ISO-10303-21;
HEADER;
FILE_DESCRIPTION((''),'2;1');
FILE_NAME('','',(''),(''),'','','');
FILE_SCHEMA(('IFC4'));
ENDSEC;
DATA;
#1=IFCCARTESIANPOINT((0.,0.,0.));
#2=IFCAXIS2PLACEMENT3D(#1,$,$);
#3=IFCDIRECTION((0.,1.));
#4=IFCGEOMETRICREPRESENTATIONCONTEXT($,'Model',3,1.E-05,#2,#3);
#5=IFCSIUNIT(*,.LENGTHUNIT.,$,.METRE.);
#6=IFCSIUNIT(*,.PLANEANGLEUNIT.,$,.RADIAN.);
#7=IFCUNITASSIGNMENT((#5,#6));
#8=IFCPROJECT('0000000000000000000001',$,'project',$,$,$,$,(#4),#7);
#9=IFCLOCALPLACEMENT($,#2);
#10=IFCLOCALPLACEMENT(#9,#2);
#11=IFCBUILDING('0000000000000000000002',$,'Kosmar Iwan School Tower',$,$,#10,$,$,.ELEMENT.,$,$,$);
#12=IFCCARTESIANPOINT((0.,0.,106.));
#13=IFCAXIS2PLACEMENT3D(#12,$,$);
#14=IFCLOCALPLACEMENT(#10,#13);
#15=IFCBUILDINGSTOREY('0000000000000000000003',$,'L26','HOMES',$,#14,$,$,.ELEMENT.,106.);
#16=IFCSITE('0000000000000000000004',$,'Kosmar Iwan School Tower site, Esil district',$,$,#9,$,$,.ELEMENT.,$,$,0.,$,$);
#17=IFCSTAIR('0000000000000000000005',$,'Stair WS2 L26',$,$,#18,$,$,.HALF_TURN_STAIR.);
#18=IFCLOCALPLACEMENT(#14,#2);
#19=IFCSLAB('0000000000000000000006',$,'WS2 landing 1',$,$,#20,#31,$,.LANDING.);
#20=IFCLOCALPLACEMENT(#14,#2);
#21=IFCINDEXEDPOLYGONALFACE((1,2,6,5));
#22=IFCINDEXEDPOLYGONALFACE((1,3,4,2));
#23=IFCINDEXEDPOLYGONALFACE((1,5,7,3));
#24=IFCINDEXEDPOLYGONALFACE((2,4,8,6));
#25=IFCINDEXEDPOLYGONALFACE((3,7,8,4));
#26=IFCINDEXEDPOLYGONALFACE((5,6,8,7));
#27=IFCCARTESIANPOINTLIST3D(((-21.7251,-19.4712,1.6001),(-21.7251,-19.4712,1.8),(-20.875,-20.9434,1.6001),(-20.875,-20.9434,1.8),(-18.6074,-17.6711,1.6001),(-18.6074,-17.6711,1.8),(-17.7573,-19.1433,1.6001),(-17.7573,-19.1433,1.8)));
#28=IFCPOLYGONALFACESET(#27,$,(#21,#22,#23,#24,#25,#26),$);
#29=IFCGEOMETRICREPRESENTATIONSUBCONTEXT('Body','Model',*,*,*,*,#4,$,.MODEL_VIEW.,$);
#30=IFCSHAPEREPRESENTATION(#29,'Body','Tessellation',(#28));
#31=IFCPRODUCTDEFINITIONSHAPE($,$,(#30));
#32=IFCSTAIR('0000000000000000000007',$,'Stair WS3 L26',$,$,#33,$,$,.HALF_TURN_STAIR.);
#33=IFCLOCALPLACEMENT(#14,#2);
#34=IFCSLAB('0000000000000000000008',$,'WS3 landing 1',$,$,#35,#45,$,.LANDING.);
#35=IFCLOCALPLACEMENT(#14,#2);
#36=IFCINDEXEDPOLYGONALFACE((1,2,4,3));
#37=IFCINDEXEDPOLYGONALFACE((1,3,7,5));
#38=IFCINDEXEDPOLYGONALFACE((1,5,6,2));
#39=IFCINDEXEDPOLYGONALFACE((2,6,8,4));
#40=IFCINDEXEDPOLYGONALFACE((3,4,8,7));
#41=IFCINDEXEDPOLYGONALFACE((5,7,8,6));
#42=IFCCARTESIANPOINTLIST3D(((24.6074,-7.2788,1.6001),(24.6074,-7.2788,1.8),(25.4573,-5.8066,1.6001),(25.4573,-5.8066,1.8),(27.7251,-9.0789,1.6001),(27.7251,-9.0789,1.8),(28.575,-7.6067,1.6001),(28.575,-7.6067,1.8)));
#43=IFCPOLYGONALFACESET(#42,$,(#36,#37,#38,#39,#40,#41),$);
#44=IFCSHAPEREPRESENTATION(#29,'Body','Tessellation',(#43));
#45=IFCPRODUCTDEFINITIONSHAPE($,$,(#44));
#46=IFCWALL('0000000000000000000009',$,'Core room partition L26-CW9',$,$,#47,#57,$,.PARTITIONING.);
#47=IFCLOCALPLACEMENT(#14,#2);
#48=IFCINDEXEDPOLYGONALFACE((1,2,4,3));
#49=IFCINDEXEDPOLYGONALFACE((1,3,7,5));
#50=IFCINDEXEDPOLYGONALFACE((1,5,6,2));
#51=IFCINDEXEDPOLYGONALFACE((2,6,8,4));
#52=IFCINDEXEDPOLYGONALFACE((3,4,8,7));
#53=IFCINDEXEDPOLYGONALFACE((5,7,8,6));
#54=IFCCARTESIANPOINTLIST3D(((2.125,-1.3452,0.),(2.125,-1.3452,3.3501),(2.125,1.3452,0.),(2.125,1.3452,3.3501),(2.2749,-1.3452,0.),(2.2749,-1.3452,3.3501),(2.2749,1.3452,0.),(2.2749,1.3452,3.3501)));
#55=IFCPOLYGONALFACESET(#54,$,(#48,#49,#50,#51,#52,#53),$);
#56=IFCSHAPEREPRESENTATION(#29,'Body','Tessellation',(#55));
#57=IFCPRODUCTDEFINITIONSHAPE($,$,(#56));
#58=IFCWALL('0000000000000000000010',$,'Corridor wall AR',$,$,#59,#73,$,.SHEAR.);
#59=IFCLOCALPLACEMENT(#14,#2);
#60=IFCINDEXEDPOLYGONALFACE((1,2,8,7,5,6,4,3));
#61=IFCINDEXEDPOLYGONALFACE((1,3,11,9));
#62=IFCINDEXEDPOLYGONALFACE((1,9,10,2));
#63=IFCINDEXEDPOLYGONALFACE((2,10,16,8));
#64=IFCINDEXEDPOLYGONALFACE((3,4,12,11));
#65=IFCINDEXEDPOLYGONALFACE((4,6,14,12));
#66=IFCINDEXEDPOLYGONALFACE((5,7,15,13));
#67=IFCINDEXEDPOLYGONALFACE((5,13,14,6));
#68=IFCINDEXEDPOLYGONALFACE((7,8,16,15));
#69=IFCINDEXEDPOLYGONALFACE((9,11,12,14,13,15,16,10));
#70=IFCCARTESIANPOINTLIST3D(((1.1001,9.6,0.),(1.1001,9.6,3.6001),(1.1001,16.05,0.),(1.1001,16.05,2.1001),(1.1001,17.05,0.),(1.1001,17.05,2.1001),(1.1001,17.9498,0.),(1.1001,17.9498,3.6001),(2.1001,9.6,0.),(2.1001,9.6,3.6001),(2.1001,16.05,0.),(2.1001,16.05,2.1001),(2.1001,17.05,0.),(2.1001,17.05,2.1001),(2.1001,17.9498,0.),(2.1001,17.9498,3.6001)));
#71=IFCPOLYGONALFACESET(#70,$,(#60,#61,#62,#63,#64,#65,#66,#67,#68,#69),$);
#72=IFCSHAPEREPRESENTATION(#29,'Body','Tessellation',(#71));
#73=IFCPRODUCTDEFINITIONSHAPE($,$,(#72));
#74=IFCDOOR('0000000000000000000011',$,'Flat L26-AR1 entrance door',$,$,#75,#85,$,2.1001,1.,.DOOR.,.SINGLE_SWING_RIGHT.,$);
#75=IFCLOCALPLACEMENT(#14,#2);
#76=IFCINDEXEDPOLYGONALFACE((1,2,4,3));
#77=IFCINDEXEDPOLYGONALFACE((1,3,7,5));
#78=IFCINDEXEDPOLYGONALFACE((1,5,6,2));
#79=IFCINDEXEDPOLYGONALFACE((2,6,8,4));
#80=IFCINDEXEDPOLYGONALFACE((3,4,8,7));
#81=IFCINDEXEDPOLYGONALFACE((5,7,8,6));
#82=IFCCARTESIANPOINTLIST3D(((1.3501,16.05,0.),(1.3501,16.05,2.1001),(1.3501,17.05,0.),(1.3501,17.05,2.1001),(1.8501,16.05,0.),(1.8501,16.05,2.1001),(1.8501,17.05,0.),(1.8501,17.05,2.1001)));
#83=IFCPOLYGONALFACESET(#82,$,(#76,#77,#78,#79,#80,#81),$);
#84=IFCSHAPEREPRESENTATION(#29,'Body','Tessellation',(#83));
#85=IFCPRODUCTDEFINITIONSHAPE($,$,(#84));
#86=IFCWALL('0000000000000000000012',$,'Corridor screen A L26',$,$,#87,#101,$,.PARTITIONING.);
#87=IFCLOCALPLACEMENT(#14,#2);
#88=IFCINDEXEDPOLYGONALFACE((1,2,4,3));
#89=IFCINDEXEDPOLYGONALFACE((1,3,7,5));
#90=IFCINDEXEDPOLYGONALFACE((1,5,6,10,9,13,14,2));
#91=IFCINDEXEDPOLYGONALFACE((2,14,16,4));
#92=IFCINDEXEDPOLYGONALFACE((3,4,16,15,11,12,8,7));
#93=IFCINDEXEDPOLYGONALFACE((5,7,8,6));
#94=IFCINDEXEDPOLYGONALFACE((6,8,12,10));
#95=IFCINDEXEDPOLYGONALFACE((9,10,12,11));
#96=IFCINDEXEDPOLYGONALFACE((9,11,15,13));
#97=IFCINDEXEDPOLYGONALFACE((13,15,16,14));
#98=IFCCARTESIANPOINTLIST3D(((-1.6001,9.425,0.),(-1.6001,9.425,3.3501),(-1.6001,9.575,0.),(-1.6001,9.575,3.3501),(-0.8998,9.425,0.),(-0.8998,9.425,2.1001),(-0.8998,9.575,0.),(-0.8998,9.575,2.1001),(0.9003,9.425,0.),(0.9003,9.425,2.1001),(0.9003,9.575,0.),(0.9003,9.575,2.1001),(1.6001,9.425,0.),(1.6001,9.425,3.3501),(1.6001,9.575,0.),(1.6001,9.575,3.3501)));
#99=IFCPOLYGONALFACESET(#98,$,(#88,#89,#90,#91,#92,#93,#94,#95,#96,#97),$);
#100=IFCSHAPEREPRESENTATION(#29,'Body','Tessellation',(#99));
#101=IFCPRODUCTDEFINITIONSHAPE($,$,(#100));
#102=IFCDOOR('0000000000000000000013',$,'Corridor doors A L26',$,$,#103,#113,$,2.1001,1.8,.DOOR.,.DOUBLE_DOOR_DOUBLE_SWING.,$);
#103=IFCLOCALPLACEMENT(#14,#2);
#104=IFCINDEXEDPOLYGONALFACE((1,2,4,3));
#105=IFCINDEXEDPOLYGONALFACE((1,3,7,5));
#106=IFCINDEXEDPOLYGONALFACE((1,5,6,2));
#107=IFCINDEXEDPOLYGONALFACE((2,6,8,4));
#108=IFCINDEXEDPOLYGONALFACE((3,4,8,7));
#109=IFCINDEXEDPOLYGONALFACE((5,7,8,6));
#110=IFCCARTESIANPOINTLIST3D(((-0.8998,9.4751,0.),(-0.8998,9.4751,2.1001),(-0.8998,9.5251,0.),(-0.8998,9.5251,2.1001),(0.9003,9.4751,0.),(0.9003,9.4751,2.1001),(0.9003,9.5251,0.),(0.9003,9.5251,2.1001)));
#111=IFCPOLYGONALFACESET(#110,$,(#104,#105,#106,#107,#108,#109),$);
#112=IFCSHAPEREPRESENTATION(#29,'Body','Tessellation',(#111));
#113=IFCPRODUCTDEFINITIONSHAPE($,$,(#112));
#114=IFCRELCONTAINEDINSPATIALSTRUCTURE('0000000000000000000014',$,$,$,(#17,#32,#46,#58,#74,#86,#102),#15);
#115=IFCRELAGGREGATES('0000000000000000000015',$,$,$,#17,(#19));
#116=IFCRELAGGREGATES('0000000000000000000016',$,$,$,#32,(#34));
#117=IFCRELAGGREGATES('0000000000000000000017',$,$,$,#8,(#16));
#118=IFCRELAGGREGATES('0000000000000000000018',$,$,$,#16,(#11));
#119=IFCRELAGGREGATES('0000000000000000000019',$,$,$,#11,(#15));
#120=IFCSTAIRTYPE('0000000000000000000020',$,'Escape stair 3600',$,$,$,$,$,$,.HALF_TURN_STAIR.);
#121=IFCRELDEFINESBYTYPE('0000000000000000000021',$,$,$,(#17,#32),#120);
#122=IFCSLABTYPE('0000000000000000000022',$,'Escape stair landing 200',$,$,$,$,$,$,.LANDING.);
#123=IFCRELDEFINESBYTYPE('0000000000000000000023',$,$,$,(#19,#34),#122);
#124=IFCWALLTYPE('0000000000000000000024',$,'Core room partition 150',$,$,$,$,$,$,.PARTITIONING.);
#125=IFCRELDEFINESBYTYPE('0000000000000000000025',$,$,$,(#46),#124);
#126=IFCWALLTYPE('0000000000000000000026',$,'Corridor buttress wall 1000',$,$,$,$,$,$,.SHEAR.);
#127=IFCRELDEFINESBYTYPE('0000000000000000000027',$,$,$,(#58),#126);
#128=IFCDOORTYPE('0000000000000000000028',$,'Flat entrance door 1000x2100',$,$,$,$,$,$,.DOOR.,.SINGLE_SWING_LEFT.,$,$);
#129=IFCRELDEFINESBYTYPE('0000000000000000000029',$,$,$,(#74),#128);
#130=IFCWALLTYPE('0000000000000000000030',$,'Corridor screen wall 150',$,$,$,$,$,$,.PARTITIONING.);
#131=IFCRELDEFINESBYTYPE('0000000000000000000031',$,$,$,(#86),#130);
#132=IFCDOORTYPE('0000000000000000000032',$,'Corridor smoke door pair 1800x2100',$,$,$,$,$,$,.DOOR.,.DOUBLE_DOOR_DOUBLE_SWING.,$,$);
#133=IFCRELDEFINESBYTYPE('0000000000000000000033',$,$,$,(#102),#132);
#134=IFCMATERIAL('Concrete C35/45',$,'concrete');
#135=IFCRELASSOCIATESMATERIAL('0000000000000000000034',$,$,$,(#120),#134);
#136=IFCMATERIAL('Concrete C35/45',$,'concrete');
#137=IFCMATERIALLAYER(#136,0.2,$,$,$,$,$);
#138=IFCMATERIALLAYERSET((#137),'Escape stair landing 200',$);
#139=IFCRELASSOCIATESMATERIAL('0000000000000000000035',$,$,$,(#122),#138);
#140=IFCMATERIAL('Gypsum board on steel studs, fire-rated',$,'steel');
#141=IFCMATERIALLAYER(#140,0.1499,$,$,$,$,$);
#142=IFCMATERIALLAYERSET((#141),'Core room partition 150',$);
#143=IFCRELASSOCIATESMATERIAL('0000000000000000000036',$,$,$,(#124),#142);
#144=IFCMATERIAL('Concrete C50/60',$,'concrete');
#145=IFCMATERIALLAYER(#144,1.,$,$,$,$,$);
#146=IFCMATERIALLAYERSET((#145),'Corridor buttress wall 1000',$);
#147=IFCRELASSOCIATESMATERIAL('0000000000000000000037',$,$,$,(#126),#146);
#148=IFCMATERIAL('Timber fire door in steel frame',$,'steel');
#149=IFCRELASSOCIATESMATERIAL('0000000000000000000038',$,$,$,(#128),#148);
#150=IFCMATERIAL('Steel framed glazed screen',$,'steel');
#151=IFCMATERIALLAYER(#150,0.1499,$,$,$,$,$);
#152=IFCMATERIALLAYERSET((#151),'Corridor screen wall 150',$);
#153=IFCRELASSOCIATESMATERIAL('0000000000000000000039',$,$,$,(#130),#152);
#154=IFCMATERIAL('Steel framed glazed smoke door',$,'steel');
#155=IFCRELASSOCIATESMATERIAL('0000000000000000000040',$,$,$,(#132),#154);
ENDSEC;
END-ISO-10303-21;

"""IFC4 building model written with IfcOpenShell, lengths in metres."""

from ifc_helpers import new_model, si_unit, direction, frame, frame_2d, origin, place, context, subcontext, project, spatial, polyline, rectangle, outline, extrude, material, layer, layer_set, type_object, element, fill, aggregate, save


model = new_model("IFC4")

# Units and contexts
model_context = context("Model", 3, precision=1e-05, world=origin(), true_north=direction((0.0, 1.0)))
body_context = subcontext(model_context, "Body", "Model", "MODEL_VIEW")
ifc_project = project(units=[si_unit("LENGTHUNIT", "METRE"), si_unit("PLANEANGLEUNIT", "RADIAN")], contexts=[model_context])

# Site, building, storey
site_placement = place(None, origin())
site = spatial("IfcSite", under=ifc_project, at=site_placement, Name="Kosmar Iwan School Tower site, Esil district", CompositionType="ELEMENT", RefElevation=0.0)
building_placement = place(site_placement, origin())
building = spatial("IfcBuilding", under=site, at=building_placement, Name="Kosmar Iwan School Tower", CompositionType="ELEMENT")
storey_placement = place(building_placement, frame((0.0, 0.0, 106.0)))
storey = spatial("IfcBuildingStorey", under=building, at=storey_placement, Name="L26", Description="HOMES", CompositionType="ELEMENT", Elevation=106.0)

# Stairs, slabs
ifc_material_1 = material(Name="Concrete C35/45", Category="concrete")
stair_type_1 = type_object("IfcStairType", Name="Escape stair 3600", PredefinedType="HALF_TURN_STAIR", material=ifc_material_1)
stair_1_placement = place(storey_placement, origin())
stair_1 = element("IfcStair", 1, at=stair_1_placement, inside=storey, type_object=stair_type_1, Name="Stair WS2 L26", PredefinedType="HALF_TURN_STAIR")
ifc_material_2 = material(Name="Concrete C35/45", Category="concrete")
ifc_layer_1 = layer(ifc_material_2, 0.2)
ifc_layer_set_1 = layer_set([ifc_layer_1], Name="Escape stair landing 200")
slab_type = type_object("IfcSlabType", Name="Escape stair landing 200", PredefinedType="LANDING", material=ifc_layer_set_1)
slab_1_placement = place(storey_placement, frame((0.0, 0.0, 1.6001)))
slab_1 = element("IfcSlab", 2, at=slab_1_placement, type_object=slab_type, Name="WS2 landing 1", PredefinedType="LANDING", context=body_context, shape_type="SweptSolid", body=[
    extrude(outline(polyline([(-18.6074, -17.6711), (-21.7251, -19.4712), (-20.875, -20.9434), (-17.7573, -19.1433), (-18.6074, -17.6711)])), origin(), (0.0, 0.0, 1.0), 0.2),
])
aggregate(stair_1, [slab_1])
stair_2_placement = place(storey_placement, origin())
stair_2 = element("IfcStair", 3, at=stair_2_placement, inside=storey, type_object=stair_type_1, Name="Stair WS3 L26", PredefinedType="HALF_TURN_STAIR")
slab_2_placement = place(storey_placement, frame((0.0, 0.0, 1.6001)))
slab_2 = element("IfcSlab", 4, at=slab_2_placement, type_object=slab_type, Name="WS3 landing 1", PredefinedType="LANDING", context=body_context, shape_type="SweptSolid", body=[
    extrude(outline(polyline([(24.6074, -7.2788), (27.7251, -9.0789), (28.575, -7.6067), (25.4573, -5.8066), (24.6074, -7.2788)])), origin(), (0.0, 0.0, 1.0), 0.2),
])
aggregate(stair_2, [slab_2])

# Wall
ifc_material_3 = material(Name="Gypsum board on steel studs, fire-rated", Category="steel")
ifc_layer_2 = layer(ifc_material_3, 0.1499)
ifc_layer_set_2 = layer_set([ifc_layer_2], Name="Core room partition 150")
wall_type_1 = type_object("IfcWallType", Name="Core room partition 150", PredefinedType="PARTITIONING", material=ifc_layer_set_2)
wall_1_placement = place(storey_placement, frame((2.2, 1.3452, 0.0), z_axis=(0.0, 0.0, 1.0), x_axis=(0.0, -1.0, 0.0)))
element("IfcWall", 5, at=wall_1_placement, inside=storey, type_object=wall_type_1, Name="Core room partition L26-CW9", PredefinedType="PARTITIONING", context=body_context, shape_type="SweptSolid", body=[
    extrude(rectangle(XDim=2.6904, YDim=0.1499, at=frame_2d((1.3452, 0.0))), origin(), (0.0, 0.0, 1.0), 3.3501),
])

# Walls, openings, doors
ifc_material_4 = material(Name="Concrete C50/60", Category="concrete")
ifc_layer_3 = layer(ifc_material_4, 1.0)
ifc_layer_set_3 = layer_set([ifc_layer_3], Name="Corridor buttress wall 1000")
wall_type_2 = type_object("IfcWallType", Name="Corridor buttress wall 1000", PredefinedType="SHEAR", material=ifc_layer_set_3)
wall_2_placement = place(storey_placement, frame((1.6001, 9.6001, 0.0), z_axis=(0.0, 0.0, 1.0), x_axis=(0.0, 1.0, 0.0)))
wall_2 = element("IfcWall", 6, at=wall_2_placement, inside=storey, type_object=wall_type_2, Name="Corridor wall AR", PredefinedType="SHEAR", context=body_context, shape_type="SweptSolid", body=[
    extrude(rectangle(XDim=8.3499, YDim=1.0, at=frame_2d((4.1748, 0.0))), origin(), (0.0, 0.0, 1.0), 3.6001),
])
opening_1_placement = place(wall_2_placement, frame((6.45, 0.0, 0.0)))
opening_1 = element("IfcOpeningElement", 7, at=opening_1_placement, cuts=wall_2, PredefinedType="OPENING", context=body_context, shape_type="SweptSolid", body=[
    extrude(rectangle(XDim=1.0, YDim=2.1001, at=frame_2d((0.5, 1.05))), frame((0.0, 0.512, 0.0), z_axis=(0.0, -1.0, 0.0), x_axis=(1.0, 0.0, 0.0)), (0.0, 0.0, 1.0), 1.0239),
])
ifc_material_5 = material(Name="Timber fire door in steel frame", Category="steel")
door_type_1 = type_object("IfcDoorType", Name="Flat entrance door 1000x2100", OperationType="SINGLE_SWING_LEFT", PredefinedType="DOOR", material=ifc_material_5)
door_1_placement = place(opening_1_placement, origin())
door_1 = element("IfcDoor", 8, at=door_1_placement, inside=storey, type_object=door_type_1, Name="Flat L26-AR1 entrance door", OperationType="SINGLE_SWING_RIGHT", OverallHeight=2.1001, OverallWidth=1.0, PredefinedType="DOOR", context=body_context, shape_type="SweptSolid", body=[
    extrude(rectangle(XDim=1.0, YDim=2.1001, at=frame_2d((0.5, 1.05))), frame((0.0, 0.25, 0.0), z_axis=(0.0, -1.0, 0.0), x_axis=(1.0, 0.0, 0.0)), (0.0, 0.0, 1.0), 0.5),
])
fill(opening_1, door_1)
ifc_material_6 = material(Name="Steel framed glazed screen", Category="steel")
ifc_layer_4 = layer(ifc_material_6, 0.1499)
ifc_layer_set_4 = layer_set([ifc_layer_4], Name="Corridor screen wall 150")
wall_type_3 = type_object("IfcWallType", Name="Corridor screen wall 150", PredefinedType="PARTITIONING", material=ifc_layer_set_4)
wall_3_placement = place(storey_placement, frame((1.6001, 9.5, 0.0), z_axis=(0.0, 0.0, 1.0), x_axis=(-1.0, 0.0, 0.0)))
wall_3 = element("IfcWall", 9, at=wall_3_placement, inside=storey, type_object=wall_type_3, Name="Corridor screen A L26", PredefinedType="PARTITIONING", context=body_context, shape_type="SweptSolid", body=[
    extrude(rectangle(XDim=3.2002, YDim=0.1499, at=frame_2d((1.6001, 0.0))), origin(), (0.0, 0.0, 1.0), 3.3501),
])
opening_2_placement = place(wall_3_placement, frame((0.7, 0.0, 0.0)))
opening_2 = element("IfcOpeningElement", 10, at=opening_2_placement, cuts=wall_3, PredefinedType="OPENING", context=body_context, shape_type="SweptSolid", body=[
    extrude(rectangle(XDim=1.8, YDim=2.1001, at=frame_2d((0.8999, 1.05))), frame((0.0, 0.0869, 0.0), z_axis=(0.0, -1.0, 0.0), x_axis=(1.0, 0.0, 0.0)), (0.0, 0.0, 1.0), 0.1738),
])
ifc_material_7 = material(Name="Steel framed glazed smoke door", Category="steel")
door_type_2 = type_object("IfcDoorType", Name="Corridor smoke door pair 1800x2100", OperationType="DOUBLE_DOOR_DOUBLE_SWING", PredefinedType="DOOR", material=ifc_material_7)
door_2_placement = place(opening_2_placement, origin())
door_2 = element("IfcDoor", 11, at=door_2_placement, inside=storey, type_object=door_type_2, Name="Corridor doors A L26", OperationType="DOUBLE_DOOR_DOUBLE_SWING", OverallHeight=2.1001, OverallWidth=1.8, PredefinedType="DOOR", context=body_context, shape_type="SweptSolid", body=[
    extrude(rectangle(XDim=1.8, YDim=2.1001, at=frame_2d((0.8999, 1.05))), frame((0.0, 0.0249, 0.0), z_axis=(0.0, -1.0, 0.0), x_axis=(1.0, 0.0, 0.0)), (0.0, 0.0, 1.0), 0.05),
])
fill(opening_2, door_2)

save(model, "model.ifc")
